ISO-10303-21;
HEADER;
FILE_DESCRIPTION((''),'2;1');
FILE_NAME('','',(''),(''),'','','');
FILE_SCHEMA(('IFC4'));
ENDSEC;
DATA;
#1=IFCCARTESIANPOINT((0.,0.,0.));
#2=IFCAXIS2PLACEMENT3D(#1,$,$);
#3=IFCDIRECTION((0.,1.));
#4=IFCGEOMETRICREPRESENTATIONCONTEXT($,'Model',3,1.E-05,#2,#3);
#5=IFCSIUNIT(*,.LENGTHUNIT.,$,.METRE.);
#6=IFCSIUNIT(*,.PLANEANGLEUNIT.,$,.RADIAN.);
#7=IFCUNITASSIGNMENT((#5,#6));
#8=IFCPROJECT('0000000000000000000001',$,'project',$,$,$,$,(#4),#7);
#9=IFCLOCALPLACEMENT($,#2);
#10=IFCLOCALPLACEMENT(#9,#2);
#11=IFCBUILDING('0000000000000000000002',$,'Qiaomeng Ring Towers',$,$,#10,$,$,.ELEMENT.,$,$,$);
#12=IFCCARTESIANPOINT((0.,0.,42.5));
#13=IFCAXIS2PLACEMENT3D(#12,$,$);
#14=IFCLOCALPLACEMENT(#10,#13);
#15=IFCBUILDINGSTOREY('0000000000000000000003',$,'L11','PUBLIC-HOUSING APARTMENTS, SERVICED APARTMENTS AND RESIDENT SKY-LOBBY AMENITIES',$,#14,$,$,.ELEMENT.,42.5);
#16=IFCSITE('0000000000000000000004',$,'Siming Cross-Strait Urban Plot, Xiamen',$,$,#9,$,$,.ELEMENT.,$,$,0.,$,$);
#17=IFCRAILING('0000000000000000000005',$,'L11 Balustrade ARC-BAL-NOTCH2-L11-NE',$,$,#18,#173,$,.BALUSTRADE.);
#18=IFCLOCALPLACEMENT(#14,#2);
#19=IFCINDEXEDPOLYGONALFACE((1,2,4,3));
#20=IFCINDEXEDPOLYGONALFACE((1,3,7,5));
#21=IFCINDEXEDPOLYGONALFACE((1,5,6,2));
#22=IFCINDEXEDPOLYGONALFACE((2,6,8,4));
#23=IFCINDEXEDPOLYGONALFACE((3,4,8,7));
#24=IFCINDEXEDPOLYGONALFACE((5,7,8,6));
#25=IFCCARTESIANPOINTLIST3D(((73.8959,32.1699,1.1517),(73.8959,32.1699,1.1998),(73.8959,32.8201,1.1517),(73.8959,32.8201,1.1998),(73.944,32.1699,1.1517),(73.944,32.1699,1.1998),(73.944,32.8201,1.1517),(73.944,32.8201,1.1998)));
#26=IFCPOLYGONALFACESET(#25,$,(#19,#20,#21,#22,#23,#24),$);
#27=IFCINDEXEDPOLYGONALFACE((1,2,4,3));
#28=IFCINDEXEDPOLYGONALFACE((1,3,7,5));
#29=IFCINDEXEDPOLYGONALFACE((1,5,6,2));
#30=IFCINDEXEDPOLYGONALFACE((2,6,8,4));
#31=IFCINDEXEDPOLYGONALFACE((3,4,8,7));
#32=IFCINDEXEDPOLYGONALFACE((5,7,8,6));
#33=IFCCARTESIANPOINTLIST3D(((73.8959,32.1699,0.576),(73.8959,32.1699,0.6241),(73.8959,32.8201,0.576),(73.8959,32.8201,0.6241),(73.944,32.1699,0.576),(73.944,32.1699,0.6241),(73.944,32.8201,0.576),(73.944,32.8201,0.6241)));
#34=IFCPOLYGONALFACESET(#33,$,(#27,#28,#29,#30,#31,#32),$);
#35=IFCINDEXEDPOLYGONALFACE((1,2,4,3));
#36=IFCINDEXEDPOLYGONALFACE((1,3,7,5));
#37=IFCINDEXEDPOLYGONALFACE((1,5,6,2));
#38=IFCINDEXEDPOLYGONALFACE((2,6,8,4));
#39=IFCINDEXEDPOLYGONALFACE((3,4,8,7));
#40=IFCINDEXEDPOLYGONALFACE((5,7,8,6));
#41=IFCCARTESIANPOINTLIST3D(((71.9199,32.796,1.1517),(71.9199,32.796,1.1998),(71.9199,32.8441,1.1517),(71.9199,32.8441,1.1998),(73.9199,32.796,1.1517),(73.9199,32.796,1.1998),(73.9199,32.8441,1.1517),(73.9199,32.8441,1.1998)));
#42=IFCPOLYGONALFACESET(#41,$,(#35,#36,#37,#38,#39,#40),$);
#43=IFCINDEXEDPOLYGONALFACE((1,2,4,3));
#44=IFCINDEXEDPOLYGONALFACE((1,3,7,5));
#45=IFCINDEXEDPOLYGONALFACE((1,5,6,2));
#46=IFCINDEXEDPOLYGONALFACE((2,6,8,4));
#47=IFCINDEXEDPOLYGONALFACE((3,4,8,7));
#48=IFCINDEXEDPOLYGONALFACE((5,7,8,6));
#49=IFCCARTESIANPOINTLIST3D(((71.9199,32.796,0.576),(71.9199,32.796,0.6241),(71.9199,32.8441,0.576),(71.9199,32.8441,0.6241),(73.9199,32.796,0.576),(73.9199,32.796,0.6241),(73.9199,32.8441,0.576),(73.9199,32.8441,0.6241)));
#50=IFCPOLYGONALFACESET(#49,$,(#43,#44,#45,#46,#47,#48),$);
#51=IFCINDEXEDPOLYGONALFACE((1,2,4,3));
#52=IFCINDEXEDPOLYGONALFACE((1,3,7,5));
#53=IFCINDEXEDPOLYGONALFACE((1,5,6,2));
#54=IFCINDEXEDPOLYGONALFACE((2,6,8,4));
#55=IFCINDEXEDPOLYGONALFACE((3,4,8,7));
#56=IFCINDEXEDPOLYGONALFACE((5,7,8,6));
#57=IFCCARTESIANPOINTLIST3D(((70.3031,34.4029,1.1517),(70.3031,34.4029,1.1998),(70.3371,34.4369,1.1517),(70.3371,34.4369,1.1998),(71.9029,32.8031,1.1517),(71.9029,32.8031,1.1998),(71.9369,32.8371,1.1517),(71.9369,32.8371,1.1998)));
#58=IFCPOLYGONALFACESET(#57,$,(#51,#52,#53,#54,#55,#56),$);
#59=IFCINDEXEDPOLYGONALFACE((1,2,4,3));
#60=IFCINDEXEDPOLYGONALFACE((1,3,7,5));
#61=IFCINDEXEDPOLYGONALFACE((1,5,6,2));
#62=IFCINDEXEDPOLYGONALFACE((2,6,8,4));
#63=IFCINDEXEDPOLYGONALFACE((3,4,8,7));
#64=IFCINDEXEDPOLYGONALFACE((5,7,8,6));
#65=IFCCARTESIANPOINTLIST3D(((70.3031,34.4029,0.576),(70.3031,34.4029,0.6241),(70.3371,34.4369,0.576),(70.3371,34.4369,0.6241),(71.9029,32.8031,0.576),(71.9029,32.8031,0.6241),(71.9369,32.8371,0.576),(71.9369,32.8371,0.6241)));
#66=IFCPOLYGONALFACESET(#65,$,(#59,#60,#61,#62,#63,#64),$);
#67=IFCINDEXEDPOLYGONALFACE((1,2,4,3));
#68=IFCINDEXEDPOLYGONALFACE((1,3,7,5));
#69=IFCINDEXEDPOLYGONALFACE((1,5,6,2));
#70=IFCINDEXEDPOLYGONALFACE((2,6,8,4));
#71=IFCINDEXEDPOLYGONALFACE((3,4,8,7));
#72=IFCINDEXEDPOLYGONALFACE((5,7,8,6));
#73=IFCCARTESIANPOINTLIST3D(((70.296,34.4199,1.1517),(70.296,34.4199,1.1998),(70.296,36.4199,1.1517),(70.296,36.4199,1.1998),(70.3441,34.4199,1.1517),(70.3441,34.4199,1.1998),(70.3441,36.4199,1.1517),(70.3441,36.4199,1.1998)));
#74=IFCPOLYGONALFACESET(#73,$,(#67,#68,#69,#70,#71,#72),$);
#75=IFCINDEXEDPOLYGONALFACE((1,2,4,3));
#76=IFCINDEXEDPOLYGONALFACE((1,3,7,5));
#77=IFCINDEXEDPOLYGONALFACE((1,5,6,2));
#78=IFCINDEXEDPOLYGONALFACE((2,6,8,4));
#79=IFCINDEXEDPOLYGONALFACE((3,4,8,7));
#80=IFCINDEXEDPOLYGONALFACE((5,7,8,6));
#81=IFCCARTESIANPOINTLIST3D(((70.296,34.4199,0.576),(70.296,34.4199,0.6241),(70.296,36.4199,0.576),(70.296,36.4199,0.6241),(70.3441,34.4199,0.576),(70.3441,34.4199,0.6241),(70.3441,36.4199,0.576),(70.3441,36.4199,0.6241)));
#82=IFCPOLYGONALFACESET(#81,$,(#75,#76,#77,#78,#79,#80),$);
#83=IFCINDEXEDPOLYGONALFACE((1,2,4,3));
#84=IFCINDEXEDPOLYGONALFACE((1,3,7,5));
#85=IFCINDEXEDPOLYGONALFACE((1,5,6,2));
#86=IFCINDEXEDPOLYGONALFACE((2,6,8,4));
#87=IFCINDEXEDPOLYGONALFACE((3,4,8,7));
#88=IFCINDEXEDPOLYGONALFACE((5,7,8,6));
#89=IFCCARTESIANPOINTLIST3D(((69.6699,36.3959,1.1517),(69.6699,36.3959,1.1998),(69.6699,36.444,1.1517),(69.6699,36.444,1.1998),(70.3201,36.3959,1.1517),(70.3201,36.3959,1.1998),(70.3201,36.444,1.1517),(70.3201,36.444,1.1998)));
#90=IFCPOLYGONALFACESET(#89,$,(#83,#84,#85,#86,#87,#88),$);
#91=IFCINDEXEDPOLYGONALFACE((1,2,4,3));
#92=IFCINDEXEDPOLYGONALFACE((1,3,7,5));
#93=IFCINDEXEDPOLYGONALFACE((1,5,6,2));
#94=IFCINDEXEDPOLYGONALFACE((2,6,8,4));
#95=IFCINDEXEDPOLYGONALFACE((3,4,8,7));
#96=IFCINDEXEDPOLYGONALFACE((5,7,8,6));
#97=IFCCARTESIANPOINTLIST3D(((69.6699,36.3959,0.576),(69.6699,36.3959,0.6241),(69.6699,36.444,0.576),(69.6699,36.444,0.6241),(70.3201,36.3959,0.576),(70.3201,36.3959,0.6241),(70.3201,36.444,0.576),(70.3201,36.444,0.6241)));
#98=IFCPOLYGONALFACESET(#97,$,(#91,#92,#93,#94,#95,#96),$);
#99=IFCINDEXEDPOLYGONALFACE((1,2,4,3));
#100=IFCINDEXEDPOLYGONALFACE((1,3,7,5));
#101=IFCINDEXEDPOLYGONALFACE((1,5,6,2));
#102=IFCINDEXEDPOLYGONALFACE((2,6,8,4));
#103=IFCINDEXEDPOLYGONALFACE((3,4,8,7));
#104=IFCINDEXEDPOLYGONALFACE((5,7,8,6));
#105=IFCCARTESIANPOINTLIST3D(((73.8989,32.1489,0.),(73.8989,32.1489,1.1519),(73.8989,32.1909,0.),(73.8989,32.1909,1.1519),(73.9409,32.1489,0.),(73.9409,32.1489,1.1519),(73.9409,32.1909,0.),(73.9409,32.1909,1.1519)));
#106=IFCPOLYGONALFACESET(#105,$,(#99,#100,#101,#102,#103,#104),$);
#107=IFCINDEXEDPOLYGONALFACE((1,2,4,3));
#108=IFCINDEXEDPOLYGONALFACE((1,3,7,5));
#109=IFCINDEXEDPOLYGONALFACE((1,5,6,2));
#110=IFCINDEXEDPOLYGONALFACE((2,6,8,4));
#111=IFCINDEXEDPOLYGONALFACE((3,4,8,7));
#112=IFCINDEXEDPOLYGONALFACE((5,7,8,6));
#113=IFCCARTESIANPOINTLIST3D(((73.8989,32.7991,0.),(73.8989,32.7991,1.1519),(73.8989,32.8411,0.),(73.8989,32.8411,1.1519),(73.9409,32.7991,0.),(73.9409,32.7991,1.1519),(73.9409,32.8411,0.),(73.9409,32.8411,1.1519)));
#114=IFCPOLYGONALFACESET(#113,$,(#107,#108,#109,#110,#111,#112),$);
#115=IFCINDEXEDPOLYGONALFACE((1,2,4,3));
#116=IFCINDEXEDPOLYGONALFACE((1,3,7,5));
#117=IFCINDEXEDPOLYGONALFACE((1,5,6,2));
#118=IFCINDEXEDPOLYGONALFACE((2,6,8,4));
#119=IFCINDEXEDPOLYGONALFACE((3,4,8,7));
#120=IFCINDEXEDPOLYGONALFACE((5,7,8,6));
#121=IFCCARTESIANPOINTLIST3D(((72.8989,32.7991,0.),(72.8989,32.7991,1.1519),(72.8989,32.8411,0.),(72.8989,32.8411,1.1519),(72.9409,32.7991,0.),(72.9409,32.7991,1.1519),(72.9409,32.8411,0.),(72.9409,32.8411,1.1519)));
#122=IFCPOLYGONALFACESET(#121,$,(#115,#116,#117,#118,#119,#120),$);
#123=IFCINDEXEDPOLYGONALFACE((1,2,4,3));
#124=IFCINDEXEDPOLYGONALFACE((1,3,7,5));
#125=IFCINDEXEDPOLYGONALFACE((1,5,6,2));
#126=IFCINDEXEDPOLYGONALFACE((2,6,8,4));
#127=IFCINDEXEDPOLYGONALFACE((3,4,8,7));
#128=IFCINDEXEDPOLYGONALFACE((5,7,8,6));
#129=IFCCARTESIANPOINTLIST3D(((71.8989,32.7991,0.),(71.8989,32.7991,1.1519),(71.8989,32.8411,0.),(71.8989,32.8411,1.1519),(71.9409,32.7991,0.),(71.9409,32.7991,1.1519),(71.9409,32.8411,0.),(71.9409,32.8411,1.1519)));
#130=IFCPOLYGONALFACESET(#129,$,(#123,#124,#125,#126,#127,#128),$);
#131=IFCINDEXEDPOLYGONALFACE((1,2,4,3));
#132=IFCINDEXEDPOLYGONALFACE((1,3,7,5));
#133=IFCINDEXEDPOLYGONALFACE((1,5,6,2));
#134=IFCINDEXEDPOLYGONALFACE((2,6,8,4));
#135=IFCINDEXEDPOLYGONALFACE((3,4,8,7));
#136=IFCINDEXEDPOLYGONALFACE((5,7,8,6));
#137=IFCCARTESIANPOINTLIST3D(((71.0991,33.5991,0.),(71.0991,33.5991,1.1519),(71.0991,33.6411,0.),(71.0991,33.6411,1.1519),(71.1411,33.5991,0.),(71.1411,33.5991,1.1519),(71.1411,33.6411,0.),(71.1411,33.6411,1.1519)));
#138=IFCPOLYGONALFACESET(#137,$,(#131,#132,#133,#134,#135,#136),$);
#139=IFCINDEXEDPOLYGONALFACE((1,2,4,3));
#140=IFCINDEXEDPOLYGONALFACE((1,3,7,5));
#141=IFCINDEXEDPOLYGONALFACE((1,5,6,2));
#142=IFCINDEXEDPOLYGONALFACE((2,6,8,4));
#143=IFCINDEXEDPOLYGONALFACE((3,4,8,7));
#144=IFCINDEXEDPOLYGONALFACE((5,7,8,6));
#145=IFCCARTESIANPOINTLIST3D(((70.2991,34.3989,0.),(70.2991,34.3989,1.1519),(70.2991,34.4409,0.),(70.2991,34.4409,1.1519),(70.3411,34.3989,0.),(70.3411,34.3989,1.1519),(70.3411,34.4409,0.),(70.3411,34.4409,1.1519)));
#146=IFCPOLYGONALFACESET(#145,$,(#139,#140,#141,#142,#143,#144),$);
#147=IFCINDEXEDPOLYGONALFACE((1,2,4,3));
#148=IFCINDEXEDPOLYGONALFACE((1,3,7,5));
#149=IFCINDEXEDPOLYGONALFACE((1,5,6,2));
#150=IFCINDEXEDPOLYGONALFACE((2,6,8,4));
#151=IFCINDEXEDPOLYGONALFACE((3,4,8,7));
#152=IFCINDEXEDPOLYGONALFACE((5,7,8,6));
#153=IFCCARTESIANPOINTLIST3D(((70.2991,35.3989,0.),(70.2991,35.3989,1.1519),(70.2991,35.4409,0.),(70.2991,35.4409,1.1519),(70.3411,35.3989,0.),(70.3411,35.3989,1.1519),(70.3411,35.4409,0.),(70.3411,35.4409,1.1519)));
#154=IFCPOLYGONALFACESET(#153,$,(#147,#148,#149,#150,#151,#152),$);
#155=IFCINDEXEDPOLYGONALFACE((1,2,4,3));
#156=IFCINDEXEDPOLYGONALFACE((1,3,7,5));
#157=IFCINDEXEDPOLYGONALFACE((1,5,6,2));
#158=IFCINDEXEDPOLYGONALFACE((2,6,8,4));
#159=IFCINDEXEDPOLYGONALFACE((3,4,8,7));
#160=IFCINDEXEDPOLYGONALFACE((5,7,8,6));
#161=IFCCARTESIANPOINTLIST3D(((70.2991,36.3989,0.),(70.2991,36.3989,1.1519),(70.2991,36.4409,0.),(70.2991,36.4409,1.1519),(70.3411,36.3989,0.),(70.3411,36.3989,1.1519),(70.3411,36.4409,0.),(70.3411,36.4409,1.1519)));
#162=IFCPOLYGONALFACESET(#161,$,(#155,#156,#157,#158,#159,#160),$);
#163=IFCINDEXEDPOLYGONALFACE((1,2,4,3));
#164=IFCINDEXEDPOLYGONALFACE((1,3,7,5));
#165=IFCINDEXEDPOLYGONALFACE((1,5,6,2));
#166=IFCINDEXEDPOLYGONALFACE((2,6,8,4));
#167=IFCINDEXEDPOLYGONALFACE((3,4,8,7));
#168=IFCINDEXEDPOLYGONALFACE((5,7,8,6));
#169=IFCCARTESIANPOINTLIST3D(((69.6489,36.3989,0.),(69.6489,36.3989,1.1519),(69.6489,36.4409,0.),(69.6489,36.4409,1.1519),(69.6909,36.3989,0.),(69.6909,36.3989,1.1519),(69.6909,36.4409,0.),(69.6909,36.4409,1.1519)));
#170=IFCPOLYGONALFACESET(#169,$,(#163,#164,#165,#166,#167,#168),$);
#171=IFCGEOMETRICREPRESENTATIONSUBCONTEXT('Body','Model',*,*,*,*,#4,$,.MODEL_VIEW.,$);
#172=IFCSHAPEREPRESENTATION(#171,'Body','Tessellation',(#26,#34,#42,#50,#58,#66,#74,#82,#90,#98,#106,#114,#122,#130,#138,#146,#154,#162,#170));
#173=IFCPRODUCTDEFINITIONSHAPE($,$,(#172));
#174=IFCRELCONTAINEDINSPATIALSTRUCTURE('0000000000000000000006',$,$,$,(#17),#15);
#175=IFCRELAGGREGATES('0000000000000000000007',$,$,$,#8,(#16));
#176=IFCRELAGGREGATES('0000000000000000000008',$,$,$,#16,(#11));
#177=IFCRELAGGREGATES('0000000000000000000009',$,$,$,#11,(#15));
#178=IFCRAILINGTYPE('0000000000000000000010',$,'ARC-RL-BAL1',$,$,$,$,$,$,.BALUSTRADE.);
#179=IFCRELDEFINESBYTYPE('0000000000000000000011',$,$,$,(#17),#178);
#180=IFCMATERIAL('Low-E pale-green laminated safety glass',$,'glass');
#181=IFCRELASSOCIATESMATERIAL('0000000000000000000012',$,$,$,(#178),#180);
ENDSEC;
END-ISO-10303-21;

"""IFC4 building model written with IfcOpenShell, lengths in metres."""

from ifc_helpers import new_model, si_unit, direction, frame, origin, origin_2d, place, context, subcontext, project, spatial, rectangle, extrude, material, type_object, element, save


model = new_model("IFC4")

# Units and contexts
model_context = context("Model", 3, precision=1e-05, world=origin(), true_north=direction((0.0, 1.0)))
body_context = subcontext(model_context, "Body", "Model", "MODEL_VIEW")
ifc_project = project(units=[si_unit("LENGTHUNIT", "METRE"), si_unit("PLANEANGLEUNIT", "RADIAN")], contexts=[model_context])

# Site, building, storey
site_placement = place(None, origin())
site = spatial("IfcSite", under=ifc_project, at=site_placement, Name="Siming Cross-Strait Urban Plot, Xiamen", CompositionType="ELEMENT", RefElevation=0.0)
building_placement = place(site_placement, origin())
building = spatial("IfcBuilding", under=site, at=building_placement, Name="Qiaomeng Ring Towers", CompositionType="ELEMENT")
storey_placement = place(building_placement, frame((0.0, 0.0, 42.5)))
storey = spatial("IfcBuildingStorey", under=building, at=storey_placement, Name="L11", Description="PUBLIC-HOUSING APARTMENTS, SERVICED APARTMENTS AND RESIDENT SKY-LOBBY AMENITIES", CompositionType="ELEMENT", Elevation=42.5)

# Railing
ifc_material_1 = material(Name="Low-E pale-green laminated safety glass", Category="glass")
railing_type = type_object("IfcRailingType", Name="ARC-RL-BAL1", PredefinedType="BALUSTRADE", material=ifc_material_1)
railing_1_placement = place(storey_placement, frame((73.9199, 32.1699, 0.0)))
element("IfcRailing", 1, at=railing_1_placement, inside=storey, type_object=railing_type, Name="L11 Balustrade ARC-BAL-NOTCH2-L11-NE", PredefinedType="BALUSTRADE", context=body_context, shape_type="SweptSolid", body=[
    extrude(rectangle(XDim=0.0481, YDim=0.0481, at=origin_2d()), frame((0.0, 0.0, 1.1758), z_axis=(0.0, 1.0, 0.0), x_axis=(-1.0, 0.0, 0.0)), (0.0, 0.0, 1.0), 0.6501),
    extrude(rectangle(XDim=0.0481, YDim=0.0481, at=origin_2d()), frame((0.0, 0.0, 0.6001), z_axis=(0.0, 1.0, 0.0), x_axis=(-1.0, 0.0, 0.0)), (0.0, 0.0, 1.0), 0.6501),
    extrude(rectangle(XDim=0.0481, YDim=0.0481, at=origin_2d()), frame((0.0, 0.6501, 1.1758), z_axis=(-1.0, 0.0, 0.0), x_axis=(0.0, -1.0, 0.0)), (0.0, 0.0, 1.0), 2.0),
    extrude(rectangle(XDim=0.0481, YDim=0.0481, at=origin_2d()), frame((0.0, 0.6501, 0.6001), z_axis=(-1.0, 0.0, 0.0), x_axis=(0.0, -1.0, 0.0)), (0.0, 0.0, 1.0), 2.0),
    extrude(rectangle(XDim=0.0481, YDim=0.0481, at=origin_2d()), frame((-2.0, 0.6501, 1.1758), z_axis=(-0.707107, 0.707107, 0.0), x_axis=(-0.707107, -0.707107, 0.0)), (0.0, 0.0, 1.0), 2.2625),
    extrude(rectangle(XDim=0.0481, YDim=0.0481, at=origin_2d()), frame((-2.0, 0.6501, 0.6001), z_axis=(-0.707107, 0.707107, 0.0), x_axis=(-0.707107, -0.707107, 0.0)), (0.0, 0.0, 1.0), 2.2625),
    extrude(rectangle(XDim=0.0481, YDim=0.0481, at=origin_2d()), frame((-3.5999, 2.25, 1.1758), z_axis=(0.0, 1.0, 0.0), x_axis=(-1.0, 0.0, 0.0)), (0.0, 0.0, 1.0), 2.0),
    extrude(rectangle(XDim=0.0481, YDim=0.0481, at=origin_2d()), frame((-3.5999, 2.25, 0.6001), z_axis=(0.0, 1.0, 0.0), x_axis=(-1.0, 0.0, 0.0)), (0.0, 0.0, 1.0), 2.0),
    extrude(rectangle(XDim=0.0481, YDim=0.0481, at=origin_2d()), frame((-3.5999, 4.25, 1.1758), z_axis=(-1.0, 0.0, 0.0), x_axis=(0.0, -1.0, 0.0)), (0.0, 0.0, 1.0), 0.6501),
    extrude(rectangle(XDim=0.0481, YDim=0.0481, at=origin_2d()), frame((-3.5999, 4.25, 0.6001), z_axis=(-1.0, 0.0, 0.0), x_axis=(0.0, -1.0, 0.0)), (0.0, 0.0, 1.0), 0.6501),
    extrude(rectangle(XDim=0.042, YDim=0.042, at=origin_2d()), origin(), (0.0, 0.0, 1.0), 1.1519),
    extrude(rectangle(XDim=0.042, YDim=0.042, at=origin_2d()), frame((0.0, 0.6501, 0.0)), (0.0, 0.0, 1.0), 1.1519),
    extrude(rectangle(XDim=0.042, YDim=0.042, at=origin_2d()), frame((-1.0, 0.6501, 0.0)), (0.0, 0.0, 1.0), 1.1519),
    extrude(rectangle(XDim=0.042, YDim=0.042, at=origin_2d()), frame((-2.0, 0.6501, 0.0)), (0.0, 0.0, 1.0), 1.1519),
    extrude(rectangle(XDim=0.042, YDim=0.042, at=origin_2d()), frame((-2.7998, 1.4502, 0.0)), (0.0, 0.0, 1.0), 1.1519),
    extrude(rectangle(XDim=0.042, YDim=0.042, at=origin_2d()), frame((-3.5999, 2.25, 0.0)), (0.0, 0.0, 1.0), 1.1519),
    extrude(rectangle(XDim=0.042, YDim=0.042, at=origin_2d()), frame((-3.5999, 3.25, 0.0)), (0.0, 0.0, 1.0), 1.1519),
    extrude(rectangle(XDim=0.042, YDim=0.042, at=origin_2d()), frame((-3.5999, 4.25, 0.0)), (0.0, 0.0, 1.0), 1.1519),
    extrude(rectangle(XDim=0.042, YDim=0.042, at=origin_2d()), frame((-4.25, 4.25, 0.0)), (0.0, 0.0, 1.0), 1.1519),
])

save(model, "model.ifc")
